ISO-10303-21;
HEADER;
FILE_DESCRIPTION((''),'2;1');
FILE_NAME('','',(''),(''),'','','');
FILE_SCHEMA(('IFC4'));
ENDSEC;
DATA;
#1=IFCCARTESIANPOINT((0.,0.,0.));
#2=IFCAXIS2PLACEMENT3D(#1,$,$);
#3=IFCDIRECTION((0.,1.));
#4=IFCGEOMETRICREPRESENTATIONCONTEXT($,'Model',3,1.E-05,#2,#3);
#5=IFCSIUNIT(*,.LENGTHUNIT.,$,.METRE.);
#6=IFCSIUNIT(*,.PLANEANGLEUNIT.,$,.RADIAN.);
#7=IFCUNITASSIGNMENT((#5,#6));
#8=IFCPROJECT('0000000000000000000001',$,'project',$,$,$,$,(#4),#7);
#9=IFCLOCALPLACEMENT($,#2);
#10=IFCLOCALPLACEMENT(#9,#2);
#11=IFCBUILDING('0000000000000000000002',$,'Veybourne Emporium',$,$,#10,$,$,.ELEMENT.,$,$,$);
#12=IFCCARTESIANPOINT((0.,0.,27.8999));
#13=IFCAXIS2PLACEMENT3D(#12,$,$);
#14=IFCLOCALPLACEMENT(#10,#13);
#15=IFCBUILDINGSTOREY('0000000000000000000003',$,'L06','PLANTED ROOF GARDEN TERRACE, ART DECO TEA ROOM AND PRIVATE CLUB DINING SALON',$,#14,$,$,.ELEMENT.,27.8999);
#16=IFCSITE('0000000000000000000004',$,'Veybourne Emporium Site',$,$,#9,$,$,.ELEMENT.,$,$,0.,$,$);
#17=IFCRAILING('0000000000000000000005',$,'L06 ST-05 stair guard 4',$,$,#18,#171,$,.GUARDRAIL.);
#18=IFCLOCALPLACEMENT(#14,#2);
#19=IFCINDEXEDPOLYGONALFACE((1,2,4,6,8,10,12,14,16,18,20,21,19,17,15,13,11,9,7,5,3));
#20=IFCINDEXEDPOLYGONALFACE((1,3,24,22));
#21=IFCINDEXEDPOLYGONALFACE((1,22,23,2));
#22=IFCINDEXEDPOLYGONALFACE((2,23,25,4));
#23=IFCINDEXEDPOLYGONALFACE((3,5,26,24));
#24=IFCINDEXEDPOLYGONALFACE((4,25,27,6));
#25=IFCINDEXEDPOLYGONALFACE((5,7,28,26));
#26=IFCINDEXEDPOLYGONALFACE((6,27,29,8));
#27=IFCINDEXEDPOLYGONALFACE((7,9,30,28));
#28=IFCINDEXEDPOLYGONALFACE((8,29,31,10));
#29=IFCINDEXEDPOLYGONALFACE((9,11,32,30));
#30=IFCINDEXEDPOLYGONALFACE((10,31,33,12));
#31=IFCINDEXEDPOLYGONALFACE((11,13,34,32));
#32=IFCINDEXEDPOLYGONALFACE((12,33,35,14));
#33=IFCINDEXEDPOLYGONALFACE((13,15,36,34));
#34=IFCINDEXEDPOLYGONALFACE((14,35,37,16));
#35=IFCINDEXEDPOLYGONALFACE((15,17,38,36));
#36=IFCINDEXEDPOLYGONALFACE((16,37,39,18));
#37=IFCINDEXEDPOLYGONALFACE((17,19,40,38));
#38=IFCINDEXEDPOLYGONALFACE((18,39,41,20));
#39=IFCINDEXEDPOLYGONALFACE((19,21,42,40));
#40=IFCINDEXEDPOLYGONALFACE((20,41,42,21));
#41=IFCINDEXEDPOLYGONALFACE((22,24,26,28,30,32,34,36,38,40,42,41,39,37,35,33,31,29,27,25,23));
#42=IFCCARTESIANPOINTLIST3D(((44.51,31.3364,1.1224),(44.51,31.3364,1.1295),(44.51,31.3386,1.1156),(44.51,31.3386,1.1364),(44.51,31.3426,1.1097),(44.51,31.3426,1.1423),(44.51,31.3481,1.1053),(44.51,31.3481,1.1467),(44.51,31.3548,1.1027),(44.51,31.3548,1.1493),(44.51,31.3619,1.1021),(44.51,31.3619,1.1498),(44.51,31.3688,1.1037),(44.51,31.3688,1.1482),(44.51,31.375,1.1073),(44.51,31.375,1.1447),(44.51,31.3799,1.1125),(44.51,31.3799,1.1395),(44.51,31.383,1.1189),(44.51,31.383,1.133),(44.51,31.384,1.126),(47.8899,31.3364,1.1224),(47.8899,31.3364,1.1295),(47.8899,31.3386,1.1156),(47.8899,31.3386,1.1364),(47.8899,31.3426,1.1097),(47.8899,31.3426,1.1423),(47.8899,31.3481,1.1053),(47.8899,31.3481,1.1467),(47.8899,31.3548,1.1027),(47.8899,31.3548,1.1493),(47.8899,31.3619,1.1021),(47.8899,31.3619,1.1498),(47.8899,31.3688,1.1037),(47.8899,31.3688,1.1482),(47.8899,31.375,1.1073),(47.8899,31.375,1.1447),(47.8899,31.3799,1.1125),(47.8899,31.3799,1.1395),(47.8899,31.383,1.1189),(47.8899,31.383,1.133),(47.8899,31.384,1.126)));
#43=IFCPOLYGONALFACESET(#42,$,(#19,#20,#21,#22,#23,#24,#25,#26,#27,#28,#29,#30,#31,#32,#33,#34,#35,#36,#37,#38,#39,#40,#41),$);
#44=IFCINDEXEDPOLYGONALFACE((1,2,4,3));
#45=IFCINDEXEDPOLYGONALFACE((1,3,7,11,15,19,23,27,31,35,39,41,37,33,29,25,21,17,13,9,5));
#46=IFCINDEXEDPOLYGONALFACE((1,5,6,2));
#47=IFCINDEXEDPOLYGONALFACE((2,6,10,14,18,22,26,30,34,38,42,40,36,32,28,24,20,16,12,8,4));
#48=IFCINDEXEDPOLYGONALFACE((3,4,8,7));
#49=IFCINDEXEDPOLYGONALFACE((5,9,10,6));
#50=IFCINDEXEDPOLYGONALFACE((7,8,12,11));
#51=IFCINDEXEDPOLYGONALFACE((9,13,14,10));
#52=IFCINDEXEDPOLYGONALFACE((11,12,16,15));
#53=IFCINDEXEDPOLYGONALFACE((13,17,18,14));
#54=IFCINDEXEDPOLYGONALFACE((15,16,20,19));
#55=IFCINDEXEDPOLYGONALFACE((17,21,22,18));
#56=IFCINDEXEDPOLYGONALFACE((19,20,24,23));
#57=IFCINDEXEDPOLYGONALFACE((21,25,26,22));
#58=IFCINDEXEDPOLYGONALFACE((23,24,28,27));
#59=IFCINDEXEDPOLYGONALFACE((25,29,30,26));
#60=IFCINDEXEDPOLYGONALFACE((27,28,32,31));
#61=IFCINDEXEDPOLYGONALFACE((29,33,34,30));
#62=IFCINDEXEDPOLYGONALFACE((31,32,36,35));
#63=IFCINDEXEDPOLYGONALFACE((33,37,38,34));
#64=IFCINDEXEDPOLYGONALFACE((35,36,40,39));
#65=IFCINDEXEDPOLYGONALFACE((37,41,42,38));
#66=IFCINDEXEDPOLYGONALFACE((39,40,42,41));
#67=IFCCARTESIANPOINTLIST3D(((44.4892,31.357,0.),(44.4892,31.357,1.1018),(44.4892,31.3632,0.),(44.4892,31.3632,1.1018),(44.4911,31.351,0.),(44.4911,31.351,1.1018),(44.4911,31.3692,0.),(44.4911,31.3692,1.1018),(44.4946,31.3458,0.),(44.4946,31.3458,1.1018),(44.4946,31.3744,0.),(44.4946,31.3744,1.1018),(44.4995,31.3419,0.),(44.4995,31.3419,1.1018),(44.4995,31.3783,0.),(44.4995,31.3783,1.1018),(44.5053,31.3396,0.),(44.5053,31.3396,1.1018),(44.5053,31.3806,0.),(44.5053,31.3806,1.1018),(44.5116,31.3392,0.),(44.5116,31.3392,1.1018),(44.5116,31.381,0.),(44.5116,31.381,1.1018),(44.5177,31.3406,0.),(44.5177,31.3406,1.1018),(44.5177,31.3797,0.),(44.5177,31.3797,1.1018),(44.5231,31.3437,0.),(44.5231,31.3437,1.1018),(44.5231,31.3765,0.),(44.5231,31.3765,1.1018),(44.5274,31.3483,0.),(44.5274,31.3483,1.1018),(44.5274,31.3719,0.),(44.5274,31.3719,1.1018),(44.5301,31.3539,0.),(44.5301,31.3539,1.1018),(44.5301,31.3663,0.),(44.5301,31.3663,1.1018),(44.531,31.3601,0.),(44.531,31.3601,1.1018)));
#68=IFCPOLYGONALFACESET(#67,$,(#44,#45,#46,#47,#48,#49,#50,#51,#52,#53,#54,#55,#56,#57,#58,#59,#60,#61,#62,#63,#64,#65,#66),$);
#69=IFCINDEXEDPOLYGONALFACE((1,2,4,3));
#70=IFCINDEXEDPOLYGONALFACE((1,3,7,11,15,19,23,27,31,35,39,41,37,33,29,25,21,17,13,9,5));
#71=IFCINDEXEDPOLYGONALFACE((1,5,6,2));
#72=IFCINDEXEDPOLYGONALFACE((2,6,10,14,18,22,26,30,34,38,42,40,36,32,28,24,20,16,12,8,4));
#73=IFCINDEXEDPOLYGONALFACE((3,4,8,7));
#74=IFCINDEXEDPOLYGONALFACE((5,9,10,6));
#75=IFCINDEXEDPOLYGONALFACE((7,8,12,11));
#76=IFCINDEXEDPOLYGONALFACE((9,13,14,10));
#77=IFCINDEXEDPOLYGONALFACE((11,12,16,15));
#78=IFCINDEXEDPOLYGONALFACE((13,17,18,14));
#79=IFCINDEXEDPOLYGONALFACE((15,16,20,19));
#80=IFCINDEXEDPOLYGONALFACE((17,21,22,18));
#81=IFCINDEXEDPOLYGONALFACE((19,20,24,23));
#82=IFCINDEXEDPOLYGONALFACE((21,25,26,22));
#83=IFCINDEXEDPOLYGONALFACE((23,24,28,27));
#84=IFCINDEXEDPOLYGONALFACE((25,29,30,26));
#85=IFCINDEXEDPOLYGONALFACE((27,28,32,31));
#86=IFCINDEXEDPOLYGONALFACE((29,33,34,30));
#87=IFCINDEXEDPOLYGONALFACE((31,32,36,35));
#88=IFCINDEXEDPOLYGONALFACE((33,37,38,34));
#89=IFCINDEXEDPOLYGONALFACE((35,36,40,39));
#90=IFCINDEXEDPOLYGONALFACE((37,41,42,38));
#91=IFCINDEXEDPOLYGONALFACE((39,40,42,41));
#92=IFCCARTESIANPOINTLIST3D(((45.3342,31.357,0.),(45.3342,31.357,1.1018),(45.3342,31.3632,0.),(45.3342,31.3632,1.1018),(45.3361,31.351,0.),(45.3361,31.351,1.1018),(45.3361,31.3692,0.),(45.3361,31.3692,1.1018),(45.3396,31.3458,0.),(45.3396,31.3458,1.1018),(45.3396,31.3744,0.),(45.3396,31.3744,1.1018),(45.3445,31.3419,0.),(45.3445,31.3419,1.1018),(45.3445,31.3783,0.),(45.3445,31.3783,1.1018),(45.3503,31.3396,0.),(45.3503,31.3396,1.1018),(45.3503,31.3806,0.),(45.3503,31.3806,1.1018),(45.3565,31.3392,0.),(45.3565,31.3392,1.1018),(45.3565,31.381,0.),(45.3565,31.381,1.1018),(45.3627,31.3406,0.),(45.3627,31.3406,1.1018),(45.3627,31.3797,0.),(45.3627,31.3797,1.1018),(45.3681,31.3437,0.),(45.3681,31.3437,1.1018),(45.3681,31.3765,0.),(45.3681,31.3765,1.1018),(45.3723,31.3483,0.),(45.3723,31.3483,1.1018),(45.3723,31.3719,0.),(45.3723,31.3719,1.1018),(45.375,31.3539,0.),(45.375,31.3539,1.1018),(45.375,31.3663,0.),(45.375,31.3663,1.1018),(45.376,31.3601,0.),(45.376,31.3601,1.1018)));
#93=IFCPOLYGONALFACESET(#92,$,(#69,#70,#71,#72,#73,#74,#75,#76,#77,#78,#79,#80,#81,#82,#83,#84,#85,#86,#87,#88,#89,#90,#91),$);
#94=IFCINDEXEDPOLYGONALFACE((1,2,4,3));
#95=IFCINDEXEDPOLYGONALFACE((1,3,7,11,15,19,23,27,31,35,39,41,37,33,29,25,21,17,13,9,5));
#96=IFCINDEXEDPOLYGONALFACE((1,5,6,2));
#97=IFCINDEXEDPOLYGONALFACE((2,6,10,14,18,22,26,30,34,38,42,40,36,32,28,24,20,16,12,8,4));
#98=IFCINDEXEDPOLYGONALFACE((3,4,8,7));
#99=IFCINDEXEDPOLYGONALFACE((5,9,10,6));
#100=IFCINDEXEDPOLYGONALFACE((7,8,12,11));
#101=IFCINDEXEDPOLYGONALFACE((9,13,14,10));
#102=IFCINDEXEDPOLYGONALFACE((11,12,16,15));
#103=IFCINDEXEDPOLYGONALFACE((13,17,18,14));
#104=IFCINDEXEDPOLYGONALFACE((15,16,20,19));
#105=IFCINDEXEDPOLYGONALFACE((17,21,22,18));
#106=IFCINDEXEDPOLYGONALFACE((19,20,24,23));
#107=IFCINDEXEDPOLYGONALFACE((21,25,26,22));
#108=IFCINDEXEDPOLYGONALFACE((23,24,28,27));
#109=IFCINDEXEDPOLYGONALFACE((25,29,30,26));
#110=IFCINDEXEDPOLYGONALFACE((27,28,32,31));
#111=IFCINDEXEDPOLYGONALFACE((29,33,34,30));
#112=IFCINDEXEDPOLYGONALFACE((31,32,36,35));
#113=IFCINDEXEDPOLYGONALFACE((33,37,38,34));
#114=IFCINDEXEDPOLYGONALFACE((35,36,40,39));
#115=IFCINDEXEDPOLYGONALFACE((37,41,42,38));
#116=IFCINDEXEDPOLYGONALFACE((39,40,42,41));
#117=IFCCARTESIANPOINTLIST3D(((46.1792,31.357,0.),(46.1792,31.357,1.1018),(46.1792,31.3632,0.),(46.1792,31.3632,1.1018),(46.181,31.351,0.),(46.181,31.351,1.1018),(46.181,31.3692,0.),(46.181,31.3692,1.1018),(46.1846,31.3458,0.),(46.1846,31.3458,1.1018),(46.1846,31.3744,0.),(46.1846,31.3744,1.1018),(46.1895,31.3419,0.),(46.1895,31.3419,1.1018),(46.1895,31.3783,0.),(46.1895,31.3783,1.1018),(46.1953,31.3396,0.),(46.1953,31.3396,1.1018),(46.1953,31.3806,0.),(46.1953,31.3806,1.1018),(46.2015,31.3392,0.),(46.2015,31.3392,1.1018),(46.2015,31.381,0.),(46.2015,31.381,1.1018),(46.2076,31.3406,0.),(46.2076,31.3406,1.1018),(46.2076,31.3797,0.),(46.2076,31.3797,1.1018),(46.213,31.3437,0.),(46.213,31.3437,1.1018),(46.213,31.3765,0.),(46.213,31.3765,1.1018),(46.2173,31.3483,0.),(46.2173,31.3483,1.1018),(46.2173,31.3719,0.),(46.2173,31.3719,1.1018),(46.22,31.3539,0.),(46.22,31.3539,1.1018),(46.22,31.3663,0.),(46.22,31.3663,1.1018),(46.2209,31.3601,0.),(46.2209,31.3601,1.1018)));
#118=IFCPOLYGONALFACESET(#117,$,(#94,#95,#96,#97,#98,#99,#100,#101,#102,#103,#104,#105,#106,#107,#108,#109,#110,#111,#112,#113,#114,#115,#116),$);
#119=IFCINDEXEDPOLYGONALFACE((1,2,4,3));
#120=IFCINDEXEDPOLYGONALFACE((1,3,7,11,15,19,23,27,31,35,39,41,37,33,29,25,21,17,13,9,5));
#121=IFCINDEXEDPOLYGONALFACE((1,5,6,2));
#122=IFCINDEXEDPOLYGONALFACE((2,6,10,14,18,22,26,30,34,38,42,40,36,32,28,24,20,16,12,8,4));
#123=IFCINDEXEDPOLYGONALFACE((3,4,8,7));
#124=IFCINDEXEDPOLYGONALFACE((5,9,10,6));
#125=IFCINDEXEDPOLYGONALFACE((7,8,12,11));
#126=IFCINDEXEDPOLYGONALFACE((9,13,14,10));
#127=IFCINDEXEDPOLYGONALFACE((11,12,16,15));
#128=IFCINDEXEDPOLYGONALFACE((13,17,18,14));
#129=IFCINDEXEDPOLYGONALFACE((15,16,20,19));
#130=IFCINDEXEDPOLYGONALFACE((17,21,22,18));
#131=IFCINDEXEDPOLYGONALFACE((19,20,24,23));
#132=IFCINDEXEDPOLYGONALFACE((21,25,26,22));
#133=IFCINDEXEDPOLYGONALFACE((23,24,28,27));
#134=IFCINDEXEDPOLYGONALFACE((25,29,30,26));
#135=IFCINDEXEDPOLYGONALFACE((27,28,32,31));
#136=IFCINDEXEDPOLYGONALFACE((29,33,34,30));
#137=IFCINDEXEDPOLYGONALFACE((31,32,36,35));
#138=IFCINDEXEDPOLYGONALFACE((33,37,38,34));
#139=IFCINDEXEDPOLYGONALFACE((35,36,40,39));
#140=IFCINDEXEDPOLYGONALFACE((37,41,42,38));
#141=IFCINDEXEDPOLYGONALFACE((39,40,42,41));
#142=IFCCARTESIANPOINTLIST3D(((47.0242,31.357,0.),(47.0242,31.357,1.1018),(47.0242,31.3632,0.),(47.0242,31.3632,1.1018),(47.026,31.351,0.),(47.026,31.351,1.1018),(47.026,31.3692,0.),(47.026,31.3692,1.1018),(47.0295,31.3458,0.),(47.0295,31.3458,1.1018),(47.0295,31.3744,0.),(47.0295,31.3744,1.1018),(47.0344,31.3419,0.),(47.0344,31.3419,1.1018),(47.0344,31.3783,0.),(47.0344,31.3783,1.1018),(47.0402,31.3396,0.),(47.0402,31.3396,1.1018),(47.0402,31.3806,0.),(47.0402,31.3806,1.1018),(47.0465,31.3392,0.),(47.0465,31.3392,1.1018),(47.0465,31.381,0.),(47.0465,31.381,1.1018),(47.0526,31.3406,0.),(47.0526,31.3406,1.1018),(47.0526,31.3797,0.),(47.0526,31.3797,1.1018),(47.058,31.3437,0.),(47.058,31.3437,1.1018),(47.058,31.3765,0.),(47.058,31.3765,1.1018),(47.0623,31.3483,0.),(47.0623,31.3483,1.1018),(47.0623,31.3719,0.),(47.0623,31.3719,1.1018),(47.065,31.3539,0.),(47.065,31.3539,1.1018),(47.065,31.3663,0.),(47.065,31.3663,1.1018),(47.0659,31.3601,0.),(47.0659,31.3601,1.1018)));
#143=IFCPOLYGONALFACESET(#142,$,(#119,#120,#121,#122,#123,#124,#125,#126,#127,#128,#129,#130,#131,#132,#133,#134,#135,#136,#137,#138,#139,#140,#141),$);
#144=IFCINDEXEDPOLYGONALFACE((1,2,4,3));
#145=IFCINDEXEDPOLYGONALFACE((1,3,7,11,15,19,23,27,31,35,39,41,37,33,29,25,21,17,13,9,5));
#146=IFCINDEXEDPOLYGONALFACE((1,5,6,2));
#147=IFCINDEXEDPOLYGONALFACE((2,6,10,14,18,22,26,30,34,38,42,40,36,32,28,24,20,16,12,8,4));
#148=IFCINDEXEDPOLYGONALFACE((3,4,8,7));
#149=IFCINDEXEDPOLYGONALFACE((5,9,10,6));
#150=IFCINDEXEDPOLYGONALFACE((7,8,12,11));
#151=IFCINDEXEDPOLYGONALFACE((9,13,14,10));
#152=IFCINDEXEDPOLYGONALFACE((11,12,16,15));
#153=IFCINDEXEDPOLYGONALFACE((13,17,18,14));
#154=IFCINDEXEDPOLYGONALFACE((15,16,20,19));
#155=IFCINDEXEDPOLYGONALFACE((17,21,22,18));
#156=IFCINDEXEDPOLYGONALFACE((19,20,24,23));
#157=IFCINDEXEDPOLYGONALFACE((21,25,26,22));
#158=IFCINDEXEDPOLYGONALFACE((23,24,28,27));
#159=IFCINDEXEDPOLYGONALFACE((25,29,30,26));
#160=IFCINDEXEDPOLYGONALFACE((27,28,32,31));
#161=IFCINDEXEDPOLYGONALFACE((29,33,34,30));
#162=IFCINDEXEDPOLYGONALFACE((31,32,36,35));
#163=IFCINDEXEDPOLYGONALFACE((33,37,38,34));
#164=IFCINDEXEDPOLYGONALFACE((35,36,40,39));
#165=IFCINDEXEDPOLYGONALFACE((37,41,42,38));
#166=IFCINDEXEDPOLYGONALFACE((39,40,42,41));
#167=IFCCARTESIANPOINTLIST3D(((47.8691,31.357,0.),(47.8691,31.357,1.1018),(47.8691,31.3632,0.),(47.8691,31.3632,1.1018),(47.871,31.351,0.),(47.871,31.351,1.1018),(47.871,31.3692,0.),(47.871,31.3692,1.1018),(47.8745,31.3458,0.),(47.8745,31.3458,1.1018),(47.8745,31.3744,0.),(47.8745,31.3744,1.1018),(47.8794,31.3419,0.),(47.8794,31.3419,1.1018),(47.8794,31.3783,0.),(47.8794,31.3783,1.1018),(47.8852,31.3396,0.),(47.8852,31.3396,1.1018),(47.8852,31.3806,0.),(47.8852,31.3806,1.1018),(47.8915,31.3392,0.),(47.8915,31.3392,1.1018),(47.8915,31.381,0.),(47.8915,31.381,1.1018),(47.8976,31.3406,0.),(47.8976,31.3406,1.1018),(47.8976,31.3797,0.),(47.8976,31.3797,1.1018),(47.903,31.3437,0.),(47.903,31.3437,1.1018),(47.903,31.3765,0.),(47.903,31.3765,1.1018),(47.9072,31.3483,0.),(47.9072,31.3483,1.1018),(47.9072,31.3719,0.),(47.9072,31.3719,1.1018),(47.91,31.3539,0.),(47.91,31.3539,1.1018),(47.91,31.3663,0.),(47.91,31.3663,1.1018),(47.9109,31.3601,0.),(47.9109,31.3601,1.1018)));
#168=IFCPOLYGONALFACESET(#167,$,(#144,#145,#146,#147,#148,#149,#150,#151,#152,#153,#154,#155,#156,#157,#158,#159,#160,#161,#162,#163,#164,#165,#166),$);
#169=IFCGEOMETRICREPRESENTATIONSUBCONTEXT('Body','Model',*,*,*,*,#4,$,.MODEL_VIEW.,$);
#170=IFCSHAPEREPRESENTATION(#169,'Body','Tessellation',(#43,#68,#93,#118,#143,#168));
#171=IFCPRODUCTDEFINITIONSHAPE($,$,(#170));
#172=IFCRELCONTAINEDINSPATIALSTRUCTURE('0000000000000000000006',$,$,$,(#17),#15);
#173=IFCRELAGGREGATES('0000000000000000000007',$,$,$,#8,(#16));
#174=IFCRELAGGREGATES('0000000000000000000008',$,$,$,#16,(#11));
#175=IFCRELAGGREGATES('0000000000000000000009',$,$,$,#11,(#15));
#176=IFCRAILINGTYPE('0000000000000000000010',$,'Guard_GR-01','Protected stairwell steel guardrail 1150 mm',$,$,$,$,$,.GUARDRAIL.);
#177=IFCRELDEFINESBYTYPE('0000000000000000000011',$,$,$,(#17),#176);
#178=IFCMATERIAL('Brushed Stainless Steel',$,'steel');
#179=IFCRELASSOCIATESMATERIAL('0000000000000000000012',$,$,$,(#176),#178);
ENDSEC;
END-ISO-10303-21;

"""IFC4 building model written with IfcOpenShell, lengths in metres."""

from ifc_helpers import new_model, si_unit, direction, frame, origin, origin_2d, place, context, subcontext, project, spatial, circle, extrude, material, type_object, element, save


model = new_model("IFC4")

# Units and contexts
model_context = context("Model", 3, precision=1e-05, world=origin(), true_north=direction((0.0, 1.0)))
body_context = subcontext(model_context, "Body", "Model", "MODEL_VIEW")
ifc_project = project(units=[si_unit("LENGTHUNIT", "METRE"), si_unit("PLANEANGLEUNIT", "RADIAN")], contexts=[model_context])

# Site, building, storey
site_placement = place(None, origin())
site = spatial("IfcSite", under=ifc_project, at=site_placement, Name="Veybourne Emporium Site", CompositionType="ELEMENT", RefElevation=0.0)
building_placement = place(site_placement, origin())
building = spatial("IfcBuilding", under=site, at=building_placement, Name="Veybourne Emporium", CompositionType="ELEMENT")
storey_placement = place(building_placement, frame((0.0, 0.0, 27.8999)))
storey = spatial("IfcBuildingStorey", under=building, at=storey_placement, Name="L06", Description="PLANTED ROOF GARDEN TERRACE, ART DECO TEA ROOM AND PRIVATE CLUB DINING SALON", CompositionType="ELEMENT", Elevation=27.8999)

# Railing
ifc_material_1 = material(Name="Brushed Stainless Steel", Category="steel")
railing_type_1 = type_object("IfcRailingType", Name="Guard_GR-01", Description="Protected stairwell steel guardrail 1150 mm", PredefinedType="GUARDRAIL", material=ifc_material_1)
railing_1_placement = place(storey_placement, frame((44.51, 31.3601, 0.0)))
element("IfcRailing", 1, at=railing_1_placement, inside=storey, type_object=railing_type_1, Name="L06 ST-05 stair guard 4", PredefinedType="GUARDRAIL", context=body_context, shape_type="SweptSolid", body=[
    extrude(circle(Radius=0.0239, at=origin_2d()), frame((0.0, 0.0, 1.126), z_axis=(1.0, 0.0, 0.0), x_axis=(0.0, 1.0, 0.0)), (0.0, 0.0, 1.0), 3.3799),
    extrude(circle(Radius=0.021, at=origin_2d()), origin(), (0.0, 0.0, 1.0), 1.1018),
    extrude(circle(Radius=0.021, at=origin_2d()), frame((0.845, 0.0, 0.0)), (0.0, 0.0, 1.0), 1.1018),
    extrude(circle(Radius=0.021, at=origin_2d()), frame((1.6899, 0.0, 0.0)), (0.0, 0.0, 1.0), 1.1018),
    extrude(circle(Radius=0.021, at=origin_2d()), frame((2.5349, 0.0, 0.0)), (0.0, 0.0, 1.0), 1.1018),
    extrude(circle(Radius=0.021, at=origin_2d()), frame((3.3799, 0.0, 0.0)), (0.0, 0.0, 1.0), 1.1018),
])

save(model, "model.ifc")
